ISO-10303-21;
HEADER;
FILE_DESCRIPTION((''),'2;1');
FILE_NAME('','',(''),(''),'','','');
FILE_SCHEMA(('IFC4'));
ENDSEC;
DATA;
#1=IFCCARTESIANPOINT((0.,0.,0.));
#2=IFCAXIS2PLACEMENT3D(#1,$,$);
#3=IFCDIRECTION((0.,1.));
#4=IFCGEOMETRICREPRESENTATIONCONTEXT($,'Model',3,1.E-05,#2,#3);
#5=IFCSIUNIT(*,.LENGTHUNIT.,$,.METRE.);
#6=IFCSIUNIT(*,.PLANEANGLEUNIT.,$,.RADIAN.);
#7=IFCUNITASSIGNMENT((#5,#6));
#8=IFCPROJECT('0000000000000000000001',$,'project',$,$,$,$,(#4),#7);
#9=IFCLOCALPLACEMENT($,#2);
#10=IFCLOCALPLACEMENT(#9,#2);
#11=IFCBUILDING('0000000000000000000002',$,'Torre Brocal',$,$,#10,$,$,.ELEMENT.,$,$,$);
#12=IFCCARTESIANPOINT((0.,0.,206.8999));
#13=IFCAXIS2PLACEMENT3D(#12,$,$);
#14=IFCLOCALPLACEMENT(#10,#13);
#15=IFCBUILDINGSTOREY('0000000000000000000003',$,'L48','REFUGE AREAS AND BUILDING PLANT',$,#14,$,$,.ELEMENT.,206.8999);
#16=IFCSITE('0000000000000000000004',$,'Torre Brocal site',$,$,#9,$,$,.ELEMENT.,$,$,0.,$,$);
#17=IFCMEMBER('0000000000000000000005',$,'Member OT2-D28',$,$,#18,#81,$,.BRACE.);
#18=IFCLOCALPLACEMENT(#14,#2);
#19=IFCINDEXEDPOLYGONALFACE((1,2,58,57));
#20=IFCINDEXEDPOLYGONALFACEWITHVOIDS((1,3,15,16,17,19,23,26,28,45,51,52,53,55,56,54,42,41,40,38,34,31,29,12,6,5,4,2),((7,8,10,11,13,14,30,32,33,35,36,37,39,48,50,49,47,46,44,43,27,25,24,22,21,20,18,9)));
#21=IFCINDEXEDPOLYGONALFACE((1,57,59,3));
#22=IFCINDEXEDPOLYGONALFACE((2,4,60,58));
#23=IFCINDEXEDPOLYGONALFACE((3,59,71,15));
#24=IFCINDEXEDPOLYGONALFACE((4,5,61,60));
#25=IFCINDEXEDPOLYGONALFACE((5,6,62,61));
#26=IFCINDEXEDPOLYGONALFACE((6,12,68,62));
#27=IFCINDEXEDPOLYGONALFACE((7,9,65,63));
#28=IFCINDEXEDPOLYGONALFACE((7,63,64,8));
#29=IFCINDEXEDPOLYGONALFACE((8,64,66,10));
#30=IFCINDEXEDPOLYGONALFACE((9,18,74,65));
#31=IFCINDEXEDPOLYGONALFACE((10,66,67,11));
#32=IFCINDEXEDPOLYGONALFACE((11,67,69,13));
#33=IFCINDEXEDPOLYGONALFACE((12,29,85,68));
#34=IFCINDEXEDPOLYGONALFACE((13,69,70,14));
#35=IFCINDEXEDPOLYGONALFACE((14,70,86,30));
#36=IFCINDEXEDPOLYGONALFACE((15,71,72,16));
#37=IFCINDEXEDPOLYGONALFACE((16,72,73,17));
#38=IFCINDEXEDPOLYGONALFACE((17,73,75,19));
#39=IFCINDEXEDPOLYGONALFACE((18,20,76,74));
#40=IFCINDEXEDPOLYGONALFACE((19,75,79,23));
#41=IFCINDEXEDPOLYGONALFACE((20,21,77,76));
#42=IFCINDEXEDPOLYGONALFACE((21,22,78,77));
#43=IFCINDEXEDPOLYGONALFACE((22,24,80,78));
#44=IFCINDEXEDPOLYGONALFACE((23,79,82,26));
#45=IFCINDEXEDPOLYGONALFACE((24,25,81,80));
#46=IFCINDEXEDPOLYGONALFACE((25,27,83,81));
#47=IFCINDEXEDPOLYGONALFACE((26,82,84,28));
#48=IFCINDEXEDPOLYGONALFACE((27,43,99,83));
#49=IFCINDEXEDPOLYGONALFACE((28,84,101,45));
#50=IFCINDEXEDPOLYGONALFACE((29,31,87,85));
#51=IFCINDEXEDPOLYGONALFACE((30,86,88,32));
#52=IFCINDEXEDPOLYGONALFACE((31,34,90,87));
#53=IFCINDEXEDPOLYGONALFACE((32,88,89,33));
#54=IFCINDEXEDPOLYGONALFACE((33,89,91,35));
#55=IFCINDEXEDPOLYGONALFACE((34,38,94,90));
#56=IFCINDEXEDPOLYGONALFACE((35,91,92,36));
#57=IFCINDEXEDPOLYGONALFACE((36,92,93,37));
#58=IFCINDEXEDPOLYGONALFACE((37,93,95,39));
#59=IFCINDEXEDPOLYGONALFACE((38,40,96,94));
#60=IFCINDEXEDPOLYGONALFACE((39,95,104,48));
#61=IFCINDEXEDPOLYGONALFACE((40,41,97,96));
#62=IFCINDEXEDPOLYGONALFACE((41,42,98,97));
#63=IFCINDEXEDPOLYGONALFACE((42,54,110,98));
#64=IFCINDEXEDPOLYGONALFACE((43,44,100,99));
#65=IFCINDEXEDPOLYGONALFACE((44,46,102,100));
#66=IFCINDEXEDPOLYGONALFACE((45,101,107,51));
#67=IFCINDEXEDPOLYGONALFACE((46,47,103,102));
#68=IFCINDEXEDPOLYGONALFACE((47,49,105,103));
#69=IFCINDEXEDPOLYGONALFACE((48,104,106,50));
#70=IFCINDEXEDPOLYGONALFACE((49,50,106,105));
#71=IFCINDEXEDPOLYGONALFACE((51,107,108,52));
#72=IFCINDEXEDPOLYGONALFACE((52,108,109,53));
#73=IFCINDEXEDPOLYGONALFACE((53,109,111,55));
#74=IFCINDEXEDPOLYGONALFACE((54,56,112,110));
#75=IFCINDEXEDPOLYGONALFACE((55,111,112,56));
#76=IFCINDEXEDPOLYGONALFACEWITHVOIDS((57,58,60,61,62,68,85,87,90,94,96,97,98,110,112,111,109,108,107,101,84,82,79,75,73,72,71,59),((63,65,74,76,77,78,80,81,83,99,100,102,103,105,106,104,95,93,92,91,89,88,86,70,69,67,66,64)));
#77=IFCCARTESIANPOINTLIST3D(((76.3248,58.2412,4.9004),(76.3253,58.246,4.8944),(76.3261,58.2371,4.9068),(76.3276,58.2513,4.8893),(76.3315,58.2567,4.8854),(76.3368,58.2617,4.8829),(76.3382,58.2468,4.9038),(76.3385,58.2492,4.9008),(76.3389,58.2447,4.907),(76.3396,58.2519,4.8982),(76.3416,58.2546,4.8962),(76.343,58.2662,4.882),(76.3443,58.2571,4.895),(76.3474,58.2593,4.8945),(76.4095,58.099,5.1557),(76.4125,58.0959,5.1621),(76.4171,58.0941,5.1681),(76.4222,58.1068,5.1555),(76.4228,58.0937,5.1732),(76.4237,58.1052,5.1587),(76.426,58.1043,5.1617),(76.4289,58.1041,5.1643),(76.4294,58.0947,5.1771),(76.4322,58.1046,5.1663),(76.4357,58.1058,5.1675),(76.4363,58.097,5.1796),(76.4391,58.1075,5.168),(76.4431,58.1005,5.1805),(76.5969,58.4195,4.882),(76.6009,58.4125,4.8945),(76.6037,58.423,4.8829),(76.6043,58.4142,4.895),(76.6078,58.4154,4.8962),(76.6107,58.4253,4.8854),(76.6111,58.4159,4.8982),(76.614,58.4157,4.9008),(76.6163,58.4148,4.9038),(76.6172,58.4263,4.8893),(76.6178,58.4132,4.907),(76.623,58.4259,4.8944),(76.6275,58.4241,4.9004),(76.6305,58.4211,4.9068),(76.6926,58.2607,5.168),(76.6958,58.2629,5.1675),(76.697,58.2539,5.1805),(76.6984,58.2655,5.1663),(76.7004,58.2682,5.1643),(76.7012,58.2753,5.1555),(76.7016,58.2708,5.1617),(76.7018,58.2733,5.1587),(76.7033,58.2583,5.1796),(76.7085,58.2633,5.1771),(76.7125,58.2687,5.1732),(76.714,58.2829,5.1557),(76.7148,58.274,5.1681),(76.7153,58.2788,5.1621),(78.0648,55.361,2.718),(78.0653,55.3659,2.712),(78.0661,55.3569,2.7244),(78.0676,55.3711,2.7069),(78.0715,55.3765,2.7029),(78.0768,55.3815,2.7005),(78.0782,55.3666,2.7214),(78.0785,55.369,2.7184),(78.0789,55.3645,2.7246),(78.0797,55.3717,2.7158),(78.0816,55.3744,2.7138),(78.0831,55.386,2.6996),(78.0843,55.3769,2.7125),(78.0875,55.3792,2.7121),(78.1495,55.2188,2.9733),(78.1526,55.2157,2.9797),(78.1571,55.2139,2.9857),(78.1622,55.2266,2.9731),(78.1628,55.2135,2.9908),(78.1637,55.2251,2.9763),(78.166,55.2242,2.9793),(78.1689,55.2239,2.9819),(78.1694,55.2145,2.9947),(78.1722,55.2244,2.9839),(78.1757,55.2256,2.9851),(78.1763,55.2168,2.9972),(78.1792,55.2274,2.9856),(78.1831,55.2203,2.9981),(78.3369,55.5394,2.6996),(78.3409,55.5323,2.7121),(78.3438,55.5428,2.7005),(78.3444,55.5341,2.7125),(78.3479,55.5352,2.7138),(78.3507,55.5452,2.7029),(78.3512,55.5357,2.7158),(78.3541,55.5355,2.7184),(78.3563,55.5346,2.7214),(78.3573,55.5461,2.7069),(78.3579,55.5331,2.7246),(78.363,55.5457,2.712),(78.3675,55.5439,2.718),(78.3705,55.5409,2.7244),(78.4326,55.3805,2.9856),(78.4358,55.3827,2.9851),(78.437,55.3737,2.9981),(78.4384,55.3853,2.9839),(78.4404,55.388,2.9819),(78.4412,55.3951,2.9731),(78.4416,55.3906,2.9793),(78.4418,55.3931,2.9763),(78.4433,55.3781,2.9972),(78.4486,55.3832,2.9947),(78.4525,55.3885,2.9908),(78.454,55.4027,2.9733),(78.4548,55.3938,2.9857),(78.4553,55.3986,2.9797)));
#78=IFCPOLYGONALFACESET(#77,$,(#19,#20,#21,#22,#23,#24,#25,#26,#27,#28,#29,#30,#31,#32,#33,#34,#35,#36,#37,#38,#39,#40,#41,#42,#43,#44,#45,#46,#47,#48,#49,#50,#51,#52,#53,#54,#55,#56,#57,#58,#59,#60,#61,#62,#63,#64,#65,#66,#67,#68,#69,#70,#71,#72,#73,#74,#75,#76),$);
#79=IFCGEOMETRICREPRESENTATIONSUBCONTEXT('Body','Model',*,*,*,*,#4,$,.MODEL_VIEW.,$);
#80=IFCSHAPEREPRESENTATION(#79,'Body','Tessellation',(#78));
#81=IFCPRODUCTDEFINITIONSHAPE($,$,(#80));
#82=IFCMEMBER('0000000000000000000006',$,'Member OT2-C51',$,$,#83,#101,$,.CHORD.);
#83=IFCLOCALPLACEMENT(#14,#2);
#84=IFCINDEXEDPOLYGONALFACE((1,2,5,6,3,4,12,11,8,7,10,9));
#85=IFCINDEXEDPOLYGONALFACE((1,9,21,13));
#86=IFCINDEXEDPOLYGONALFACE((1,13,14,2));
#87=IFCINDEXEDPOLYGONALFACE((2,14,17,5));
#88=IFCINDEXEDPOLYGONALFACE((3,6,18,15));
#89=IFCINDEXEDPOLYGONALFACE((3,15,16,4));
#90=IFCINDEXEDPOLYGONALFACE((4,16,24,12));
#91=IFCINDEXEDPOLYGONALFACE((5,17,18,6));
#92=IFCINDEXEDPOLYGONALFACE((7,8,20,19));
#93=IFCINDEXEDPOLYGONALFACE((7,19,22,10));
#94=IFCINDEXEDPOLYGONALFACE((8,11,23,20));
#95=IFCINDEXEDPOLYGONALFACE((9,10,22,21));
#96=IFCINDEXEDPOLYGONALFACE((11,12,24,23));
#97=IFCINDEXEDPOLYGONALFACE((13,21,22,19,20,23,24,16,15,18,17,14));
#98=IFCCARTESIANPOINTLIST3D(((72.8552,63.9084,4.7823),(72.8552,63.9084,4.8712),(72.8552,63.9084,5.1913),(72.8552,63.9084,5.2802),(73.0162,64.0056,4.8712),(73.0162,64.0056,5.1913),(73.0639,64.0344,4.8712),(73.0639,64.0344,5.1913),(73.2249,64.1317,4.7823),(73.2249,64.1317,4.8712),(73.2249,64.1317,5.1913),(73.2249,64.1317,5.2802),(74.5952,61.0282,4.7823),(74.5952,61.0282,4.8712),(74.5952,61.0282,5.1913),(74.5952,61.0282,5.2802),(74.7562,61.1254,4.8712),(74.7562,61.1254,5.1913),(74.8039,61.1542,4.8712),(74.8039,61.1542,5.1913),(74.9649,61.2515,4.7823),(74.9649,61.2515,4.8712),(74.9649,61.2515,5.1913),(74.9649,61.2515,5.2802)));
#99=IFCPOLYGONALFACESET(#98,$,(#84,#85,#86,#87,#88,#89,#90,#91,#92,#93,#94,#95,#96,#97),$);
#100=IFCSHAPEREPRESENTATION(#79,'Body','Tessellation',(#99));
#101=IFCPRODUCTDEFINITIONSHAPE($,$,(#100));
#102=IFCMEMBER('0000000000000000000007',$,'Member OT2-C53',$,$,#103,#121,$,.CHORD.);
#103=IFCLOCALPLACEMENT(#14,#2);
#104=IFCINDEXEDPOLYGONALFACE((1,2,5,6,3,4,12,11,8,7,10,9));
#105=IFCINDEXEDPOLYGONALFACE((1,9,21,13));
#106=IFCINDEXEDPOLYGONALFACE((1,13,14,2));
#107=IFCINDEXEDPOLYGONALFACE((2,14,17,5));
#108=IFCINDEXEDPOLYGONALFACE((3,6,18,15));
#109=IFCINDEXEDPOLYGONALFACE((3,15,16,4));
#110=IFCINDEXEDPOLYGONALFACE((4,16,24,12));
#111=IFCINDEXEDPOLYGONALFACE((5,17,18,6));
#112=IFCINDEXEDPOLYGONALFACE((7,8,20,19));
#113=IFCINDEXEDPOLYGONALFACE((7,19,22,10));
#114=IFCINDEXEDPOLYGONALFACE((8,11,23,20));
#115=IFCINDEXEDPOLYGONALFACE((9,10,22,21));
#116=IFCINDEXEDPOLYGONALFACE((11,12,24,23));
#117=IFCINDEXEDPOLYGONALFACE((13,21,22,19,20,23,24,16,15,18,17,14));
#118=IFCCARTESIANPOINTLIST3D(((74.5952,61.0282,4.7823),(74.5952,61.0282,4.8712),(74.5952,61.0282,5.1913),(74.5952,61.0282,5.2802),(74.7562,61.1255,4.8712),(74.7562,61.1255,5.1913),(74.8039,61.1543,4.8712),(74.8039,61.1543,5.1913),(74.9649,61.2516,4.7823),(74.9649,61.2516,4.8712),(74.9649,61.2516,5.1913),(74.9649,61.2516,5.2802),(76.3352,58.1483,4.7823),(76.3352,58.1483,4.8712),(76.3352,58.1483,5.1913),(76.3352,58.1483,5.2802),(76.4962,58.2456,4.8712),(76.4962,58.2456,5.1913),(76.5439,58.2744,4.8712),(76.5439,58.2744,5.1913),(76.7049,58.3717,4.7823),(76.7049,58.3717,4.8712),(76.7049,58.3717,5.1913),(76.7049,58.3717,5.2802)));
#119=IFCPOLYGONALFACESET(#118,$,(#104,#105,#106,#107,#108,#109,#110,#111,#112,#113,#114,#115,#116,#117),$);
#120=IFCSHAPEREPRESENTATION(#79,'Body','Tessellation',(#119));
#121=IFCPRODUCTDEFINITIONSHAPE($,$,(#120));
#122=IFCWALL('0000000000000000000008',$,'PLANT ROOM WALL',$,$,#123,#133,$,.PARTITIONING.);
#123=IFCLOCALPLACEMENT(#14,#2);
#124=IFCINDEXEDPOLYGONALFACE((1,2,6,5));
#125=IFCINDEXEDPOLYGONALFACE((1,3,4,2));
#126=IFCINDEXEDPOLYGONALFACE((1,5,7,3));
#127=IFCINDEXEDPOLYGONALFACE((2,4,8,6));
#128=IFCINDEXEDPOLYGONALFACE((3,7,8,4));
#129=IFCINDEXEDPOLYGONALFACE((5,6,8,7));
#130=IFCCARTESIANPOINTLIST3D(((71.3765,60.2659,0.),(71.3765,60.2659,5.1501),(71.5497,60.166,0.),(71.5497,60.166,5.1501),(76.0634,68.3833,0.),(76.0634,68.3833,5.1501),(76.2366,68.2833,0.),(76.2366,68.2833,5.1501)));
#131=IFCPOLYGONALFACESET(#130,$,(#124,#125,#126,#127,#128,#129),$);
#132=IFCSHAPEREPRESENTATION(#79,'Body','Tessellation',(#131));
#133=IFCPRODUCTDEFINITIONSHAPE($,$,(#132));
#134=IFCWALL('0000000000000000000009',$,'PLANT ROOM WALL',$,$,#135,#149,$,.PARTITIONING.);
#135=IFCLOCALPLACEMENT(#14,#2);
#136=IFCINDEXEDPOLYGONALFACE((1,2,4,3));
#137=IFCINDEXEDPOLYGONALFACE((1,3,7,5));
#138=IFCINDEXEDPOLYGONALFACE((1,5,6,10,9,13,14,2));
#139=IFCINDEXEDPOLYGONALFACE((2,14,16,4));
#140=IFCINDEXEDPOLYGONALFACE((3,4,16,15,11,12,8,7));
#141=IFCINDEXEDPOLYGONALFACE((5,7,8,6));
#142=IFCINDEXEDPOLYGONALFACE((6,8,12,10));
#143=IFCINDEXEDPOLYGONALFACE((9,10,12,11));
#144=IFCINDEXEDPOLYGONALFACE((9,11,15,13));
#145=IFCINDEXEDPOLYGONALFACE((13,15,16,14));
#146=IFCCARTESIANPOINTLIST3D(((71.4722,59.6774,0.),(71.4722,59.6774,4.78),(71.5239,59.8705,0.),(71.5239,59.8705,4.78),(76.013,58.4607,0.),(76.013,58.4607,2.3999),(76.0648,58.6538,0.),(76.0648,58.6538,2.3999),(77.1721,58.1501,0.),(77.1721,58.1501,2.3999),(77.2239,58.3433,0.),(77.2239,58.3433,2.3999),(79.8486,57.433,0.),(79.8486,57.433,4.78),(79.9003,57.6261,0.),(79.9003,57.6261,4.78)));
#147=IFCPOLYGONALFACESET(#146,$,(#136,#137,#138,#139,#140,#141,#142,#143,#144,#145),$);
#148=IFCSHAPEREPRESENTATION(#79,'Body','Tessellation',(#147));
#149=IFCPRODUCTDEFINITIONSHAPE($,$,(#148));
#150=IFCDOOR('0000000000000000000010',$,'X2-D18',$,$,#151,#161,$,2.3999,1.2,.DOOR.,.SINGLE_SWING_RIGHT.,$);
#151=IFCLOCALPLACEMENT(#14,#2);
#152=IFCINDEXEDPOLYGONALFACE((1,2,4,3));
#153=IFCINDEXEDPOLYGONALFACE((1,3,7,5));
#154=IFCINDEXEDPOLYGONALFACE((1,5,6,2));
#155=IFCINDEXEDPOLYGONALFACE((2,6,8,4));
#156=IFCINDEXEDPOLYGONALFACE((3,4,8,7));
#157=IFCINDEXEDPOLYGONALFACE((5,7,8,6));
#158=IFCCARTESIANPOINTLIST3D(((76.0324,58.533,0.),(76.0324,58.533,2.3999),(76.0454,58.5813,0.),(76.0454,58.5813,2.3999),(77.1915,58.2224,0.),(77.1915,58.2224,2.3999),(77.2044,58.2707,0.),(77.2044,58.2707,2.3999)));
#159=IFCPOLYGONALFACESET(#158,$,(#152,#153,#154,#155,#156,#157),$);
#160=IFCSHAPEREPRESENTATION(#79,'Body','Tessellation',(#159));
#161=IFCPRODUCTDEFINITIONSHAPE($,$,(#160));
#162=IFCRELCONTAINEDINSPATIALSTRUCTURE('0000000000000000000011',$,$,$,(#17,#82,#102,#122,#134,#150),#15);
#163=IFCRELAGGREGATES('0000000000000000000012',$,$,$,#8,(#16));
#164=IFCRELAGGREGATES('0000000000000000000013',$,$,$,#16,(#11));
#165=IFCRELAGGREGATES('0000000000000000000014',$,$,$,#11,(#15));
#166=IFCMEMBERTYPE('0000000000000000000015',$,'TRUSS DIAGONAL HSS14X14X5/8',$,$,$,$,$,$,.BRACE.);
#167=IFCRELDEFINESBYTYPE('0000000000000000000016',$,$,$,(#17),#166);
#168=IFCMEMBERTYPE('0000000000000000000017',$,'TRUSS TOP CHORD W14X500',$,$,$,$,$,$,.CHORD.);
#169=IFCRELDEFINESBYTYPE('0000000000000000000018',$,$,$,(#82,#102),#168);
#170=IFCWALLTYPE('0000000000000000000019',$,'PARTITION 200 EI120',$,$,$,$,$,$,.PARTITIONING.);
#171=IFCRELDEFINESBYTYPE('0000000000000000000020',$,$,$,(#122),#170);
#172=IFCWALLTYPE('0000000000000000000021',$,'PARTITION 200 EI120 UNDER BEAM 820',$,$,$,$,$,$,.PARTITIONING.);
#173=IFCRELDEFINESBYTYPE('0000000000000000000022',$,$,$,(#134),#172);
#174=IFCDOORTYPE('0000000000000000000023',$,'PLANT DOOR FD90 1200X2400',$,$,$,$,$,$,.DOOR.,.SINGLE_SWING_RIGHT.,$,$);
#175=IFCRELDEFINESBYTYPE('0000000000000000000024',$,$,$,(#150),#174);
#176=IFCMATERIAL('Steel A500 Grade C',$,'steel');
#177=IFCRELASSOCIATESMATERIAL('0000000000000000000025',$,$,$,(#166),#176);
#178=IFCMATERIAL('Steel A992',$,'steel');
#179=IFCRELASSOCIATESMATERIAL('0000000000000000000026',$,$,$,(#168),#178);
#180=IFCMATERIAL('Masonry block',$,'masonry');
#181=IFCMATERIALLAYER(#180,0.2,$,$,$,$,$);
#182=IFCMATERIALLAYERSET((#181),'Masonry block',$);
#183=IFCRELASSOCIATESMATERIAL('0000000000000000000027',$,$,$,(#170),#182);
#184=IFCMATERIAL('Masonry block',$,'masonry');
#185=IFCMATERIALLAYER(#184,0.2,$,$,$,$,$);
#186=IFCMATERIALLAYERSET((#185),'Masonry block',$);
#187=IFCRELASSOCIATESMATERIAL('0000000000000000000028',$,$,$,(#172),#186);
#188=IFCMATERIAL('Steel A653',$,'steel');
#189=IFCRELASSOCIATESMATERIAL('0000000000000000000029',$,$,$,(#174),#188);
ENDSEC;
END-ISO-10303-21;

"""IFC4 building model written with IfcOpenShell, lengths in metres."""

from ifc_helpers import new_model, si_unit, direction, frame, frame_2d, origin, origin_2d, place, context, subcontext, project, spatial, rectangle, hollow_rectangle, i_section, extrude, material, layer, layer_set, material_profile, profile_set, type_object, element, fill, save


model = new_model("IFC4")

# Units and contexts
model_context = context("Model", 3, precision=1e-05, world=origin(), true_north=direction((0.0, 1.0)))
body_context = subcontext(model_context, "Body", "Model", "MODEL_VIEW")
ifc_project = project(units=[si_unit("LENGTHUNIT", "METRE"), si_unit("PLANEANGLEUNIT", "RADIAN")], contexts=[model_context])

# Site, building, storey
site_placement = place(None, origin())
site = spatial("IfcSite", under=ifc_project, at=site_placement, Name="Torre Brocal site", CompositionType="ELEMENT", RefElevation=0.0)
building_placement = place(site_placement, origin())
building = spatial("IfcBuilding", under=site, at=building_placement, Name="Torre Brocal", CompositionType="ELEMENT")
storey_placement = place(building_placement, frame((0.0, 0.0, 206.8999)))
storey = spatial("IfcBuildingStorey", under=building, at=storey_placement, Name="L48", Description="REFUGE AREAS AND BUILDING PLANT", CompositionType="ELEMENT", Elevation=206.8999)

# Members
ifc_material_1 = material(Name="Steel A500 Grade C", Category="steel")
ifc_material_profile_1 = material_profile(ifc_material_1, hollow_rectangle(XDim=0.3557, YDim=0.3557, WallThickness=0.0149, InnerFilletRadius=0.0149, OuterFilletRadius=0.0295, at=origin_2d()), Name="HSS14X14X5/8")
ifc_profile_set_1 = profile_set([ifc_material_profile_1], Name="Steel A500 Grade C")
member_type_1 = type_object("IfcMemberType", Name="TRUSS DIAGONAL HSS14X14X5/8", PredefinedType="BRACE", material=ifc_profile_set_1)
member_1_placement = place(storey_placement, frame((76.52, 58.26, 5.0312), z_axis=(0.433841, -0.718117, -0.544142), x_axis=(0.855927, 0.517097, 0.0)))
element("IfcMember", 1, at=member_1_placement, inside=storey, type_object=member_type_1, Name="Member OT2-D28", PredefinedType="BRACE", context=body_context, shape_type="SweptSolid", body=[
    extrude(hollow_rectangle(XDim=0.3557, YDim=0.3557, WallThickness=0.0149, InnerFilletRadius=0.0149, OuterFilletRadius=0.0295, at=origin_2d()), origin(), (0.0, 0.0, 1.0), 4.0107),
])
ifc_material_2 = material(Name="Steel A992", Category="steel")
ifc_material_profile_2 = material_profile(ifc_material_2, i_section(OverallWidth=0.4319, OverallDepth=0.4978, WebThickness=0.0557, FlangeThickness=0.0889, at=origin_2d()), Name="W14X500")
ifc_profile_set_2 = profile_set([ifc_material_profile_2], Name="Steel A992")
member_type_2 = type_object("IfcMemberType", Name="TRUSS TOP CHORD W14X500", PredefinedType="CHORD", material=ifc_profile_set_2)
member_2_placement = place(storey_placement, frame((73.04, 64.02, 5.0312), z_axis=(0.517097, -0.855927, 0.0), x_axis=(0.855927, 0.517097, 0.0)))
element("IfcMember", 2, at=member_2_placement, inside=storey, type_object=member_type_2, Name="Member OT2-C51", PredefinedType="CHORD", context=body_context, shape_type="SweptSolid", body=[
    extrude(i_section(OverallWidth=0.4319, OverallDepth=0.4978, WebThickness=0.0557, FlangeThickness=0.0889, at=origin_2d()), origin(), (0.0, 0.0, 1.0), 3.365),
])
member_3_placement = place(storey_placement, frame((74.78, 61.1399, 5.0312), z_axis=(0.517129, -0.855908, 0.0), x_axis=(0.855908, 0.517129, 0.0)))
element("IfcMember", 3, at=member_3_placement, inside=storey, type_object=member_type_2, Name="Member OT2-C53", PredefinedType="CHORD", context=body_context, shape_type="SweptSolid", body=[
    extrude(i_section(OverallWidth=0.4319, OverallDepth=0.4978, WebThickness=0.0557, FlangeThickness=0.0889, at=origin_2d()), origin(), (0.0, 0.0, 1.0), 3.3647),
])

# Wall
ifc_material_3 = material(Name="Masonry block", Category="masonry")
ifc_layer_1 = layer(ifc_material_3, 0.2)
ifc_layer_set_1 = layer_set([ifc_layer_1], Name="Masonry block")
wall_type_1 = type_object("IfcWallType", Name="PARTITION 200 EI120", PredefinedType="PARTITIONING", material=ifc_layer_set_1)
wall_1_placement = place(storey_placement, frame((71.4631, 60.2161, 0.0), z_axis=(0.0, 0.0, 1.0), x_axis=(0.500033, 0.866006, 0.0)))
element("IfcWall", 4, at=wall_1_placement, inside=storey, type_object=wall_type_1, Name="PLANT ROOM WALL", PredefinedType="PARTITIONING", context=body_context, shape_type="SweptSolid", body=[
    extrude(rectangle(XDim=9.3733, YDim=0.2, at=frame_2d((4.6865, 0.0))), origin(), (0.0, 0.0, 1.0), 5.1501),
])

# Wall, opening, door
ifc_material_4 = material(Name="Masonry block", Category="masonry")
ifc_layer_2 = layer(ifc_material_4, 0.2)
ifc_layer_set_2 = layer_set([ifc_layer_2], Name="Masonry block")
wall_type_2 = type_object("IfcWallType", Name="PARTITION 200 EI120 UNDER BEAM 820", PredefinedType="PARTITIONING", material=ifc_layer_set_2)
wall_2_placement = place(storey_placement, frame((71.498, 59.7739, 0.0), z_axis=(0.0, 0.0, 1.0), x_axis=(0.965928, -0.25881, 0.0)))
wall_2 = element("IfcWall", 5, at=wall_2_placement, inside=storey, type_object=wall_type_2, Name="PLANT ROOM WALL", PredefinedType="PARTITIONING", context=body_context, shape_type="SweptSolid", body=[
    extrude(rectangle(XDim=8.6719, YDim=0.2, at=frame_2d((4.3359, 0.0))), origin(), (0.0, 0.0, 1.0), 4.78),
])
opening_placement = place(wall_2_placement, frame((4.7009, 0.0, 0.0)))
opening = element("IfcOpeningElement", 6, at=opening_placement, cuts=wall_2, PredefinedType="OPENING", context=body_context, shape_type="SweptSolid", body=[
    extrude(rectangle(XDim=1.2, YDim=2.3999, at=frame_2d((0.6001, 1.2))), frame((0.0, 0.1099, 0.0), z_axis=(0.0, -1.0, 0.0), x_axis=(1.0, 0.0, 0.0)), (0.0, 0.0, 1.0), 0.22),
])
ifc_material_5 = material(Name="Steel A653", Category="steel")
door_type = type_object("IfcDoorType", Name="PLANT DOOR FD90 1200X2400", OperationType="SINGLE_SWING_RIGHT", PredefinedType="DOOR", material=ifc_material_5)
door_placement = place(opening_placement, origin())
door = element("IfcDoor", 7, at=door_placement, inside=storey, type_object=door_type, Name="X2-D18", OperationType="SINGLE_SWING_RIGHT", OverallHeight=2.3999, OverallWidth=1.2, PredefinedType="DOOR", context=body_context, shape_type="SweptSolid", body=[
    extrude(rectangle(XDim=1.2, YDim=2.3999, at=frame_2d((0.6001, 1.2))), frame((0.0, 0.0249, 0.0), z_axis=(0.0, -1.0, 0.0), x_axis=(1.0, 0.0, 0.0)), (0.0, 0.0, 1.0), 0.05),
])
fill(opening, door)

save(model, "model.ifc")
